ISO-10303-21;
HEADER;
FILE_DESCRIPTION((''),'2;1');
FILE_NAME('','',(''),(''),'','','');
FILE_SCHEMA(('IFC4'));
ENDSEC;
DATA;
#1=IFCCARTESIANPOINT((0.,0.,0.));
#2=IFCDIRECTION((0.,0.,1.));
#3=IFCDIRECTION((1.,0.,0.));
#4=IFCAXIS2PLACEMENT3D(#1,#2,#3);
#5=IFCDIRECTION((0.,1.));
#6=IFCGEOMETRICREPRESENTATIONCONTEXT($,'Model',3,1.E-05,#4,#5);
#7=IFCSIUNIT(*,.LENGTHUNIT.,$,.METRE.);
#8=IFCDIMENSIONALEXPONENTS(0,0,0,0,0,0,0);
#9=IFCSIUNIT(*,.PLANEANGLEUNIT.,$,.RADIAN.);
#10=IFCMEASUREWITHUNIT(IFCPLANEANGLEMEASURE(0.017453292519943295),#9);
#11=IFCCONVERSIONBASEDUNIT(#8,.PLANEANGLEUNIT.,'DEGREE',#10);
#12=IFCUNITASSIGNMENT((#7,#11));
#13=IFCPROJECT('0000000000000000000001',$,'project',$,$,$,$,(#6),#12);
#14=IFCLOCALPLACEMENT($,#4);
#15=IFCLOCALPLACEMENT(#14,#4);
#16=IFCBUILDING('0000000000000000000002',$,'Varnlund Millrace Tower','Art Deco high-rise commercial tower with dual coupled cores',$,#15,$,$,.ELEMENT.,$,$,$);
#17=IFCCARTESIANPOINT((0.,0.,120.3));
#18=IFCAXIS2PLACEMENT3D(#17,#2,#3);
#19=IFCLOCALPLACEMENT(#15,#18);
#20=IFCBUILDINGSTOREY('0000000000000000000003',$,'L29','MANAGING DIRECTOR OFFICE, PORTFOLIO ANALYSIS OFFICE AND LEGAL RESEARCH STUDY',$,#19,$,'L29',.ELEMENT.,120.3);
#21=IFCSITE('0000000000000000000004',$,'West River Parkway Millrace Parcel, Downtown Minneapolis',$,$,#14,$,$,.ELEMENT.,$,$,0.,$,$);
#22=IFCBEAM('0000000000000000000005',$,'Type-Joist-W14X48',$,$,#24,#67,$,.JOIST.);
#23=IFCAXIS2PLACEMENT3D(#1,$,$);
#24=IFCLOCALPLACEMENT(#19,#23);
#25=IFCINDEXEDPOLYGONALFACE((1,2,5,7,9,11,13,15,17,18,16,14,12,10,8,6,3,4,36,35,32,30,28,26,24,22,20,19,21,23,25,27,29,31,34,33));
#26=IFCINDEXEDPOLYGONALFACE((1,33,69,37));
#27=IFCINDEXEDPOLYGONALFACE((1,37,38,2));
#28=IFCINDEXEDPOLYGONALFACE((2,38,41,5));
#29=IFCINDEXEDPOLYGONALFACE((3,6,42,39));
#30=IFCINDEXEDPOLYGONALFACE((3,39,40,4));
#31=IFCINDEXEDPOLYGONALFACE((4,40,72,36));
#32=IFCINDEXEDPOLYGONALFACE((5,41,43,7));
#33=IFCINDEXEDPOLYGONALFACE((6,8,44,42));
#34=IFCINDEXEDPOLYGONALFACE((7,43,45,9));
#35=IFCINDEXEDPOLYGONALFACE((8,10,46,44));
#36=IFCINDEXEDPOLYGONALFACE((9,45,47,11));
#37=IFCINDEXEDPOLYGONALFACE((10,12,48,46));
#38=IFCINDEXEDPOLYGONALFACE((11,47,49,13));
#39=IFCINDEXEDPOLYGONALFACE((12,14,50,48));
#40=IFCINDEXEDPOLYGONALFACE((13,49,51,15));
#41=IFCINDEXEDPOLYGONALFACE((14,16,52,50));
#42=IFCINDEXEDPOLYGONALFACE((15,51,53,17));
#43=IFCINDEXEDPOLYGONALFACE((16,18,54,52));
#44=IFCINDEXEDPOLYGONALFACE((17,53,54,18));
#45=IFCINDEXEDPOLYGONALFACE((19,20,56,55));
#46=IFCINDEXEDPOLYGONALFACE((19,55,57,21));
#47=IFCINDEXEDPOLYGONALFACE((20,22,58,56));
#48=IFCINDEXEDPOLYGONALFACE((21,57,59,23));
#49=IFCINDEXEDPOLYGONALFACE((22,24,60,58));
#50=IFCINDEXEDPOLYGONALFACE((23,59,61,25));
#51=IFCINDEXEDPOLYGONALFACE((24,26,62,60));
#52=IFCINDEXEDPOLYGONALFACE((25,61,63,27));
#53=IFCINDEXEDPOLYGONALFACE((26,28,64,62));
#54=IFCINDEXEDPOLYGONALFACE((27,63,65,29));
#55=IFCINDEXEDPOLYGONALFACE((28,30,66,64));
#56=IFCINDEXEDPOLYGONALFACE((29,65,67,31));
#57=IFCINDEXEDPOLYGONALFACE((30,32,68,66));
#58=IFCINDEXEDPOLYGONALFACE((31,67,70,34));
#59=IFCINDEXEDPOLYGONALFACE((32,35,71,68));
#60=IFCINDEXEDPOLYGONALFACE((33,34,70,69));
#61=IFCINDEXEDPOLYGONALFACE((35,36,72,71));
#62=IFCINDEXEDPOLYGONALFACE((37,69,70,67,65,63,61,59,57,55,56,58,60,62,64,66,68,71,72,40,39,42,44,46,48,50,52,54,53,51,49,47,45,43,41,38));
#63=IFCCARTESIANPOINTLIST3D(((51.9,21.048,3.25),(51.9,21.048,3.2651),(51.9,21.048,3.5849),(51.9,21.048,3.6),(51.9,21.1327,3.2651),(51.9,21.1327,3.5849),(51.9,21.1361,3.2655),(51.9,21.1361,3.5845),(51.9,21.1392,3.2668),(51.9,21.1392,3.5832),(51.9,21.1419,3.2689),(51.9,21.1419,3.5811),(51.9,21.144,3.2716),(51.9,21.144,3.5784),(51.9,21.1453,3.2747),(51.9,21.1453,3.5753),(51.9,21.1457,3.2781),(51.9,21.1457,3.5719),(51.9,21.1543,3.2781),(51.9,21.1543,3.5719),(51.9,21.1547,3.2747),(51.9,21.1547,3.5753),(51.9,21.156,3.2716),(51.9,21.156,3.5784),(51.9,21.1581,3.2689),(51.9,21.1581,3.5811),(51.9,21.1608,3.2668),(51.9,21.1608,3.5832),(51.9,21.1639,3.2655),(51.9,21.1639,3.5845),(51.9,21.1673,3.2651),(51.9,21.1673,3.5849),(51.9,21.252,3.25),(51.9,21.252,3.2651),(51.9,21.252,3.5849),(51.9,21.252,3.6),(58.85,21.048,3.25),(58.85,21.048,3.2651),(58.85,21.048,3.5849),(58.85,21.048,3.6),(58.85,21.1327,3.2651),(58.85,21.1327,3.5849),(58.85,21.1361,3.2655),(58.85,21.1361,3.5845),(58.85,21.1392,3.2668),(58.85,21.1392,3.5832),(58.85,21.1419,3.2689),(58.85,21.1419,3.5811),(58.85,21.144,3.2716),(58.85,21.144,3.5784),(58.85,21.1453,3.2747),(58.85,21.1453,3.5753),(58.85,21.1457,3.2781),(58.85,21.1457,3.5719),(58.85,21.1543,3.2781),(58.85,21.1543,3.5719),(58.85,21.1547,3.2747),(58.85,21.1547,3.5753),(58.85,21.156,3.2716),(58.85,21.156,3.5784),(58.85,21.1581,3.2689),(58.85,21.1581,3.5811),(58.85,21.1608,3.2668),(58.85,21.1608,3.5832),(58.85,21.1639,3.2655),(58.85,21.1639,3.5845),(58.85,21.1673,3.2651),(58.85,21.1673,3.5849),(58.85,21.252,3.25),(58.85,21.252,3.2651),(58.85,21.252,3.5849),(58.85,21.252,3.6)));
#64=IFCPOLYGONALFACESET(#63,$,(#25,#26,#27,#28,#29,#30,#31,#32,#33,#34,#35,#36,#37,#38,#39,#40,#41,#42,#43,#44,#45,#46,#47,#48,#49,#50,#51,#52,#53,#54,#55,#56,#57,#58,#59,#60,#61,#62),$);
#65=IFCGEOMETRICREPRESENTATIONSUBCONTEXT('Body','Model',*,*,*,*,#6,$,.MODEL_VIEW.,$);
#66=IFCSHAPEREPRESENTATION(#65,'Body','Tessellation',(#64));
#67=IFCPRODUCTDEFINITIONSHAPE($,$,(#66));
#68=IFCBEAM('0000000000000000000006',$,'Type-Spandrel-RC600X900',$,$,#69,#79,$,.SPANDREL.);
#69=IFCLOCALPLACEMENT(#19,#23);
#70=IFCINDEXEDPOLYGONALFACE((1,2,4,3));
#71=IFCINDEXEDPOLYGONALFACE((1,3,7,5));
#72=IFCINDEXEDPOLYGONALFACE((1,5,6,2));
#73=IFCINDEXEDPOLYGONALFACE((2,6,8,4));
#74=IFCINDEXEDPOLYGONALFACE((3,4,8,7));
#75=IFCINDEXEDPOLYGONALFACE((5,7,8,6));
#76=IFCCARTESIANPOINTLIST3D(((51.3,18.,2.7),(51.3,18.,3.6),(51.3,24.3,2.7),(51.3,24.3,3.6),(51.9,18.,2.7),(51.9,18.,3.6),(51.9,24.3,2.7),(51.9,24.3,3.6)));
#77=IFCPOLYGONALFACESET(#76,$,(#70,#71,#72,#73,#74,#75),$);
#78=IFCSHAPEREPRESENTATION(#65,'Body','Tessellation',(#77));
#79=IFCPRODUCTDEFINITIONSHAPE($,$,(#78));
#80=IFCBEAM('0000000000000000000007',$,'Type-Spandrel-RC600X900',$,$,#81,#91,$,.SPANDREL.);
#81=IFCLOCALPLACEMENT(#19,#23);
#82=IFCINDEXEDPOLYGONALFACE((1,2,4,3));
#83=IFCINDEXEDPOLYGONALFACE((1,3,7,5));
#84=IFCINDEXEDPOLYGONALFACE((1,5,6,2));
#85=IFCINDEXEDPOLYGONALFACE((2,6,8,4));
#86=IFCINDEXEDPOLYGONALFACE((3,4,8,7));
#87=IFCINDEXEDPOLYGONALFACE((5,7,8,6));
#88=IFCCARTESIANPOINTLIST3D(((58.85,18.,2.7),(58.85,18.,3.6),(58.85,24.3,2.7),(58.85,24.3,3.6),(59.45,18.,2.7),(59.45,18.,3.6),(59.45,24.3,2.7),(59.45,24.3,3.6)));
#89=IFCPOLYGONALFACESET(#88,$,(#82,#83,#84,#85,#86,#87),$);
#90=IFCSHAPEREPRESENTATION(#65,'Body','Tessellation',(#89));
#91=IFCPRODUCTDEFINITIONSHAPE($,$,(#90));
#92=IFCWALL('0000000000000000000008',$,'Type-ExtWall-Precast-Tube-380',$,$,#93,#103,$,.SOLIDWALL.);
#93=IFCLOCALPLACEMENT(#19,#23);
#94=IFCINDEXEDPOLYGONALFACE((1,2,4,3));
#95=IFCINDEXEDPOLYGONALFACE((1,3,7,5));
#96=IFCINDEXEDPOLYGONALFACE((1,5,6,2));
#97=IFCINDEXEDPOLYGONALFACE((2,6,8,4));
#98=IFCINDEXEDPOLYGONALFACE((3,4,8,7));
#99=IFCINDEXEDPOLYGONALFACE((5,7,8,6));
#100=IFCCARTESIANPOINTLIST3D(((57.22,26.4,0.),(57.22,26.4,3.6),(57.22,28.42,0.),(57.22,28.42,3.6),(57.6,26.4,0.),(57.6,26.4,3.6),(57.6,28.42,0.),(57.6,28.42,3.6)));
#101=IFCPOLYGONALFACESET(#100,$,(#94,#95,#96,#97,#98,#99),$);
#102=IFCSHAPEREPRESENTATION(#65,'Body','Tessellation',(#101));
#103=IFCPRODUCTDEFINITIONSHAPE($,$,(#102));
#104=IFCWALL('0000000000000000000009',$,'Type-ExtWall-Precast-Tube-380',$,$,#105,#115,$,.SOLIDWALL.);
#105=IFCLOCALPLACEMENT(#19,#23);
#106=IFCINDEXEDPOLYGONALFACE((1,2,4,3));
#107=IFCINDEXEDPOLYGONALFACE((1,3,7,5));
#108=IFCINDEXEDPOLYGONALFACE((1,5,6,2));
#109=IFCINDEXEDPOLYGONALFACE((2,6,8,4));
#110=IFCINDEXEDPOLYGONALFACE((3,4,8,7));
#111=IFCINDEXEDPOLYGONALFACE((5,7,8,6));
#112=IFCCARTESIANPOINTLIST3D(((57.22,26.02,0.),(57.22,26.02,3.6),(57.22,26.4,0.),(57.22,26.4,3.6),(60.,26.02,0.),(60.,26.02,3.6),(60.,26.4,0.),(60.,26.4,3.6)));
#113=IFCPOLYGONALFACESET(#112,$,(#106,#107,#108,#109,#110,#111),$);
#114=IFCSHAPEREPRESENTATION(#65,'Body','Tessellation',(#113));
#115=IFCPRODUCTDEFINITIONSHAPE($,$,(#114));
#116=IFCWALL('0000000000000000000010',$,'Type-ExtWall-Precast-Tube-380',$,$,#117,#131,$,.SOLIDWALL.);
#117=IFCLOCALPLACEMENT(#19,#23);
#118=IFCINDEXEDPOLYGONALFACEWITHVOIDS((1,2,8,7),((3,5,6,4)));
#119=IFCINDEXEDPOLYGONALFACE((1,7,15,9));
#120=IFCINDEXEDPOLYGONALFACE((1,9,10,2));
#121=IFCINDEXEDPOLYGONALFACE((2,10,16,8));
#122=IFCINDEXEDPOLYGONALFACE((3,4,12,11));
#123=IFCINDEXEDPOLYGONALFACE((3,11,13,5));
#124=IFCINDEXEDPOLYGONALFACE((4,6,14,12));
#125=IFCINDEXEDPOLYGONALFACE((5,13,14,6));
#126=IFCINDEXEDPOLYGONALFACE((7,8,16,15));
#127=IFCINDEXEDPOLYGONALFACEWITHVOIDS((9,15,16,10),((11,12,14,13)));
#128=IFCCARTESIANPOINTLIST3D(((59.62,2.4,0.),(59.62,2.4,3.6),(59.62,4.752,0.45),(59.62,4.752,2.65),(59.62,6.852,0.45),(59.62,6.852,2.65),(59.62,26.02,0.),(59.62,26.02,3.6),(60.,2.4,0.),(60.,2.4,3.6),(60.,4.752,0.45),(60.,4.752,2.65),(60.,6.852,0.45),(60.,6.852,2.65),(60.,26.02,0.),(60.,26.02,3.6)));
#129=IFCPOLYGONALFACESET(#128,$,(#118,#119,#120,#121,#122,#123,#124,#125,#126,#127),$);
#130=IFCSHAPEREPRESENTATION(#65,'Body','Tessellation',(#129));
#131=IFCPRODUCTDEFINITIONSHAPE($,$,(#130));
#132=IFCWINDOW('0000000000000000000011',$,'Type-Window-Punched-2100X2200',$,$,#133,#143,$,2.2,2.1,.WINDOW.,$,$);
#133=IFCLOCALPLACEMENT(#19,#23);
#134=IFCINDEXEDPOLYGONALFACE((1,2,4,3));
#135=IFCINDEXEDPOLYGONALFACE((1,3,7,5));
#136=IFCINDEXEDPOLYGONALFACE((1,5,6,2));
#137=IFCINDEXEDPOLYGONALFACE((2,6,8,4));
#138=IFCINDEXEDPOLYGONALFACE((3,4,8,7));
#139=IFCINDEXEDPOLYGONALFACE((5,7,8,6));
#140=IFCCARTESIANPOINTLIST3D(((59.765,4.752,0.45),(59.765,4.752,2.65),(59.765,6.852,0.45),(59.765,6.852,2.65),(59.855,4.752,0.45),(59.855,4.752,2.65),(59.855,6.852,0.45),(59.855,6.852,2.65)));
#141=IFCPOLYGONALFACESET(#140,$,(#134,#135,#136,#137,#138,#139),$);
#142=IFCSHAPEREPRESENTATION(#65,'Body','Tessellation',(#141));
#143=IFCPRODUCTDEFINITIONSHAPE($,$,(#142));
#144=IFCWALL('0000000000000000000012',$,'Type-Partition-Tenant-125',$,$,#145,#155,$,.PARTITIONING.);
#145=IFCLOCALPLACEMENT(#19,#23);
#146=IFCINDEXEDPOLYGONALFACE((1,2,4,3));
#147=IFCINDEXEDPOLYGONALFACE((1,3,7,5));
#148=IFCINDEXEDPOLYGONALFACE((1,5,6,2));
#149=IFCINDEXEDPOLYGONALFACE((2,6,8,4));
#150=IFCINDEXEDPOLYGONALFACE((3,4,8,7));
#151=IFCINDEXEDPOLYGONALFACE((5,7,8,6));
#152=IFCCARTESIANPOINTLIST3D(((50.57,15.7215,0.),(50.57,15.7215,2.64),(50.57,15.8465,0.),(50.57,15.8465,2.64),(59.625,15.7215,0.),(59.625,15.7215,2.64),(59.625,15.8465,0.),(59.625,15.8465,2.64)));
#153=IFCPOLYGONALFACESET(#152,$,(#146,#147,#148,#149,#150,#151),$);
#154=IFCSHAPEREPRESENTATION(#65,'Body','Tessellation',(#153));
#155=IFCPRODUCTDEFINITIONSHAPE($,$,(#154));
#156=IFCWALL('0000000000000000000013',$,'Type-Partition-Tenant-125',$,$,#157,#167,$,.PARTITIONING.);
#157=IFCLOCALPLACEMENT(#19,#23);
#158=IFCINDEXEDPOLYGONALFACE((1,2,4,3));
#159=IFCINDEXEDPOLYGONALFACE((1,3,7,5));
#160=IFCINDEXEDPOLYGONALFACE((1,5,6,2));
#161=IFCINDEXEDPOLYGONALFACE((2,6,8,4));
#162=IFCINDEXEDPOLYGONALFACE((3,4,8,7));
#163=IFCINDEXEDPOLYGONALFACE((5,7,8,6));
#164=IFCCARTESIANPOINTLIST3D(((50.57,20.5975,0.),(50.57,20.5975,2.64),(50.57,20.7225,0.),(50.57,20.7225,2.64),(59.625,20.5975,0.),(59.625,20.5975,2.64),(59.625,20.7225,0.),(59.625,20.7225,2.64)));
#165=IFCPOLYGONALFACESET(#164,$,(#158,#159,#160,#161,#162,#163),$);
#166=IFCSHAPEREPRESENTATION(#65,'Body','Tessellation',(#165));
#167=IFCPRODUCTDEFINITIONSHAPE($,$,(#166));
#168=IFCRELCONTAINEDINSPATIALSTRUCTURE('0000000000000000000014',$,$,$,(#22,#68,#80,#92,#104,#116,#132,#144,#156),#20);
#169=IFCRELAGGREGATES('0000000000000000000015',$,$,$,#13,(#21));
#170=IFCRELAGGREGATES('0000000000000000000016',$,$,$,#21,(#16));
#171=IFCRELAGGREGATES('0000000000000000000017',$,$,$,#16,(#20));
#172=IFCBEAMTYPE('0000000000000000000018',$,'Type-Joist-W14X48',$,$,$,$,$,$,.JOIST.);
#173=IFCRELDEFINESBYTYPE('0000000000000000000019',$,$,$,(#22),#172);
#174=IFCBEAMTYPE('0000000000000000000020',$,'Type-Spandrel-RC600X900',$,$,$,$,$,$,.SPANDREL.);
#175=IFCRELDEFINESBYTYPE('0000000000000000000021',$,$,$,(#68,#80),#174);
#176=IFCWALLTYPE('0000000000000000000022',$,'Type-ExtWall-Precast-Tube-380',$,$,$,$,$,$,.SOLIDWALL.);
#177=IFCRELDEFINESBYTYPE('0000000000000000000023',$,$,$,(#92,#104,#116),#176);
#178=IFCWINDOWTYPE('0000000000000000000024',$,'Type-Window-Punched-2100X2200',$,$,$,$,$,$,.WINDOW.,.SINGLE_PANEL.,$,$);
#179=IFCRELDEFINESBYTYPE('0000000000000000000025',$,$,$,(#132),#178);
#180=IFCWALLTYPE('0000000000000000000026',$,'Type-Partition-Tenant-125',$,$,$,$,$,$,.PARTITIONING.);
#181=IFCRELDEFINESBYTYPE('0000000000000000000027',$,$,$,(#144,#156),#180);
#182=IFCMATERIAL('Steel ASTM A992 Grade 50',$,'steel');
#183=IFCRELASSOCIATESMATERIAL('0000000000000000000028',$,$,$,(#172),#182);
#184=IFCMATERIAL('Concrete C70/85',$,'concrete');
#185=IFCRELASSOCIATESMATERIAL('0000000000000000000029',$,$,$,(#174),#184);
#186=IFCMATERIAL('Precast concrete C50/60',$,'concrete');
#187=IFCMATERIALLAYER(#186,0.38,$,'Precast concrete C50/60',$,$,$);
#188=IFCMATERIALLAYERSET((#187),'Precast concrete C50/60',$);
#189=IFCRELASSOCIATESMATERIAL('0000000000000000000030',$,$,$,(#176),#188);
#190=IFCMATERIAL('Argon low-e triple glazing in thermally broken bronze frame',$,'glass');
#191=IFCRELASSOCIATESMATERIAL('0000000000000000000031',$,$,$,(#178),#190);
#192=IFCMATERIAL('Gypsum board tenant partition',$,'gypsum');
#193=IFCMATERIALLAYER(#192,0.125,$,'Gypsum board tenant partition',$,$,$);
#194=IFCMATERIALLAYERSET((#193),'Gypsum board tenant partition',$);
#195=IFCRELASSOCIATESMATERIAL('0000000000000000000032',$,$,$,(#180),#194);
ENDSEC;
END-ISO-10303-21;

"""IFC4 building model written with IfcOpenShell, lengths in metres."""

from ifc_helpers import new_model, entity, si_unit, converted_unit, direction, frame, origin_with_axes, origin_2d_with_axis, place, context, subcontext, project, spatial, polyline, rectangle, i_section, outline, extrude, material, layer, layer_set, material_profile, profile_set, type_object, element, fill, save


model = new_model("IFC4")

# Units and contexts
model_context = context("Model", 3, precision=1e-05, world=origin_with_axes(), true_north=direction((0.0, 1.0)))
body_context = subcontext(model_context, "Body", "Model", "MODEL_VIEW")
ifc_project = project(units=[si_unit("LENGTHUNIT", "METRE"), converted_unit("PLANEANGLEUNIT", "DEGREE", entity("IfcPlaneAngleMeasure", 0.017453292519943295), si_unit("PLANEANGLEUNIT", "RADIAN"), dimensions=[0, 0, 0, 0, 0, 0, 0])], contexts=[model_context])

# Site, building, storey
site_placement = place(None, origin_with_axes())
site = spatial("IfcSite", under=ifc_project, at=site_placement, Name="West River Parkway Millrace Parcel, Downtown Minneapolis", CompositionType="ELEMENT", RefElevation=0.0)
building_placement = place(site_placement, origin_with_axes())
building = spatial("IfcBuilding", under=site, at=building_placement, Name="Varnlund Millrace Tower", Description="Art Deco high-rise commercial tower with dual coupled cores", CompositionType="ELEMENT")
storey_placement = place(building_placement, frame((0.0, 0.0, 120.3), z_axis=(0.0, 0.0, 1.0), x_axis=(1.0, 0.0, 0.0)))
storey = spatial("IfcBuildingStorey", under=building, at=storey_placement, Name="L29", Description="MANAGING DIRECTOR OFFICE, PORTFOLIO ANALYSIS OFFICE AND LEGAL RESEARCH STUDY", LongName="L29", CompositionType="ELEMENT", Elevation=120.3)

# Beams
ifc_material_1 = material(Name="Steel ASTM A992 Grade 50", Category="steel")
ifc_material_profile_1 = material_profile(ifc_material_1, i_section(OverallWidth=0.204, OverallDepth=0.35, WebThickness=0.0086, FlangeThickness=0.0151, FilletRadius=0.013, at=origin_2d_with_axis()), Name="Steel ASTM A992 Grade 50")
ifc_profile_set_1 = profile_set([ifc_material_profile_1], Name="Steel ASTM A992 Grade 50")
beam_type_1 = type_object("IfcBeamType", Name="Type-Joist-W14X48", PredefinedType="JOIST", material=ifc_profile_set_1)
for number, where, z_axis, x_axis, name in (
    (1, (51.9, 21.15, 3.425), (1.0, 0.0, 0.0), (0.0, 1.0, 0.0), "Type-Joist-W14X48"),
):
    element("IfcBeam", number, at=place(storey_placement, frame(where, z_axis=z_axis, x_axis=x_axis)), inside=storey, type_object=beam_type_1, Name=name, PredefinedType="JOIST", context=body_context, shape_type="SweptSolid", body=[
        extrude(i_section(OverallWidth=0.204, OverallDepth=0.35, WebThickness=0.0086, FlangeThickness=0.0151, FilletRadius=0.013, at=origin_2d_with_axis()), origin_with_axes(), (0.0, 0.0, 1.0), 6.95),
    ])
ifc_material_2 = material(Name="Concrete C70/85", Category="concrete")
ifc_material_profile_2 = material_profile(ifc_material_2, rectangle(XDim=0.6, YDim=0.9, at=origin_2d_with_axis()), Name="Concrete C70/85")
ifc_profile_set_2 = profile_set([ifc_material_profile_2], Name="Concrete C70/85")
beam_type_2 = type_object("IfcBeamType", Name="Type-Spandrel-RC600X900", PredefinedType="SPANDREL", material=ifc_profile_set_2)
for number, where, z_axis, x_axis, name in (
    (2, (51.6, 18.0, 3.15), (0.0, 1.0, 0.0), (-1.0, 0.0, 0.0), "Type-Spandrel-RC600X900"),
    (3, (59.15, 18.0, 3.15), (0.0, 1.0, 0.0), (-1.0, 0.0, 0.0), "Type-Spandrel-RC600X900"),
):
    element("IfcBeam", number, at=place(storey_placement, frame(where, z_axis=z_axis, x_axis=x_axis)), inside=storey, type_object=beam_type_2, Name=name, PredefinedType="SPANDREL", context=body_context, shape_type="SweptSolid", body=[
        extrude(rectangle(XDim=0.6, YDim=0.9, at=origin_2d_with_axis()), origin_with_axes(), (0.0, 0.0, 1.0), 6.3),
    ])

# Walls
ifc_material_3 = material(Name="Precast concrete C50/60", Category="concrete")
ifc_layer_1 = layer(ifc_material_3, 0.38, Name="Precast concrete C50/60")
ifc_layer_set_1 = layer_set([ifc_layer_1], Name="Precast concrete C50/60")
wall_type_1 = type_object("IfcWallType", Name="Type-ExtWall-Precast-Tube-380", PredefinedType="SOLIDWALL", material=ifc_layer_set_1)
wall_1_placement = place(storey_placement, frame((57.41, 28.42, 0.0), z_axis=(0.0, 0.0, 1.0), x_axis=(0.0, -1.0, 0.0)))
element("IfcWall", 4, at=wall_1_placement, inside=storey, type_object=wall_type_1, Name="Type-ExtWall-Precast-Tube-380", PredefinedType="SOLIDWALL", context=body_context, shape_type="SweptSolid", body=[
    extrude(outline(polyline([(0.0, -0.19), (2.02, -0.19), (2.02, 0.19), (0.0, 0.19), (0.0, -0.19)])), origin_with_axes(), (0.0, 0.0, 1.0), 3.6),
])
wall_2_placement = place(storey_placement, frame((57.22, 26.21, 0.0), z_axis=(0.0, 0.0, 1.0), x_axis=(1.0, 0.0, 0.0)))
element("IfcWall", 5, at=wall_2_placement, inside=storey, type_object=wall_type_1, Name="Type-ExtWall-Precast-Tube-380", PredefinedType="SOLIDWALL", context=body_context, shape_type="SweptSolid", body=[
    extrude(outline(polyline([(0.0, -0.19), (2.78, -0.19), (2.78, 0.19), (0.0, 0.19), (0.0, -0.19)])), origin_with_axes(), (0.0, 0.0, 1.0), 3.6),
])

# Wall, opening, window
wall_3_placement = place(storey_placement, frame((59.81, 26.02, 0.0), z_axis=(0.0, 0.0, 1.0), x_axis=(0.0, -1.0, 0.0)))
wall_3 = element("IfcWall", 6, at=wall_3_placement, inside=storey, type_object=wall_type_1, Name="Type-ExtWall-Precast-Tube-380", PredefinedType="SOLIDWALL", context=body_context, shape_type="SweptSolid", body=[
    extrude(outline(polyline([(0.0, -0.19), (23.62, -0.19), (23.62, 0.19), (0.0, 0.19), (0.0, -0.19)])), origin_with_axes(), (0.0, 0.0, 1.0), 3.6),
])
opening_placement = place(wall_3_placement, frame((20.218, 0.0, 0.45), z_axis=(0.0, 0.0, 1.0), x_axis=(1.0, 0.0, 0.0)))
opening = element("IfcOpeningElement", 7, at=opening_placement, cuts=wall_3, PredefinedType="OPENING", context=body_context, shape_type="SweptSolid", body=[
    extrude(rectangle(XDim=2.1, YDim=0.4, at=origin_2d_with_axis()), origin_with_axes(), (0.0, 0.0, 1.0), 2.2),
])
ifc_material_4 = material(Name="Argon low-e triple glazing in thermally broken bronze frame", Category="glass")
window_type = type_object("IfcWindowType", Name="Type-Window-Punched-2100X2200", PartitioningType="SINGLE_PANEL", PredefinedType="WINDOW", material=ifc_material_4)
window_placement = place(wall_3_placement, frame((20.218, 0.0, 0.45), z_axis=(0.0, 0.0, 1.0), x_axis=(1.0, 0.0, 0.0)))
window = element("IfcWindow", 8, at=window_placement, inside=storey, type_object=window_type, Name="Type-Window-Punched-2100X2200", OverallHeight=2.2, OverallWidth=2.1, PredefinedType="WINDOW", context=body_context, shape_type="SweptSolid", body=[
    extrude(rectangle(XDim=2.1, YDim=0.09, at=origin_2d_with_axis()), origin_with_axes(), (0.0, 0.0, 1.0), 2.2),
])
fill(opening, window)

# Walls
ifc_material_5 = material(Name="Gypsum board tenant partition", Category="gypsum")
ifc_layer_2 = layer(ifc_material_5, 0.125, Name="Gypsum board tenant partition")
ifc_layer_set_2 = layer_set([ifc_layer_2], Name="Gypsum board tenant partition")
wall_type_2 = type_object("IfcWallType", Name="Type-Partition-Tenant-125", PredefinedType="PARTITIONING", material=ifc_layer_set_2)
for number, where, z_axis, x_axis, name in (
    (9, (50.57, 15.784, 0.0), (0.0, 0.0, 1.0), (1.0, 0.0, 0.0), "Type-Partition-Tenant-125"),
    (10, (50.57, 20.66, 0.0), (0.0, 0.0, 1.0), (1.0, 0.0, 0.0), "Type-Partition-Tenant-125"),
):
    element("IfcWall", number, at=place(storey_placement, frame(where, z_axis=z_axis, x_axis=x_axis)), inside=storey, type_object=wall_type_2, Name=name, PredefinedType="PARTITIONING", context=body_context, shape_type="SweptSolid", body=[
        extrude(outline(polyline([(0.0, -0.0625), (9.055, -0.0625), (9.055, 0.0625), (0.0, 0.0625), (0.0, -0.0625)])), origin_with_axes(), (0.0, 0.0, 1.0), 2.64),
    ])

save(model, "model.ifc")
